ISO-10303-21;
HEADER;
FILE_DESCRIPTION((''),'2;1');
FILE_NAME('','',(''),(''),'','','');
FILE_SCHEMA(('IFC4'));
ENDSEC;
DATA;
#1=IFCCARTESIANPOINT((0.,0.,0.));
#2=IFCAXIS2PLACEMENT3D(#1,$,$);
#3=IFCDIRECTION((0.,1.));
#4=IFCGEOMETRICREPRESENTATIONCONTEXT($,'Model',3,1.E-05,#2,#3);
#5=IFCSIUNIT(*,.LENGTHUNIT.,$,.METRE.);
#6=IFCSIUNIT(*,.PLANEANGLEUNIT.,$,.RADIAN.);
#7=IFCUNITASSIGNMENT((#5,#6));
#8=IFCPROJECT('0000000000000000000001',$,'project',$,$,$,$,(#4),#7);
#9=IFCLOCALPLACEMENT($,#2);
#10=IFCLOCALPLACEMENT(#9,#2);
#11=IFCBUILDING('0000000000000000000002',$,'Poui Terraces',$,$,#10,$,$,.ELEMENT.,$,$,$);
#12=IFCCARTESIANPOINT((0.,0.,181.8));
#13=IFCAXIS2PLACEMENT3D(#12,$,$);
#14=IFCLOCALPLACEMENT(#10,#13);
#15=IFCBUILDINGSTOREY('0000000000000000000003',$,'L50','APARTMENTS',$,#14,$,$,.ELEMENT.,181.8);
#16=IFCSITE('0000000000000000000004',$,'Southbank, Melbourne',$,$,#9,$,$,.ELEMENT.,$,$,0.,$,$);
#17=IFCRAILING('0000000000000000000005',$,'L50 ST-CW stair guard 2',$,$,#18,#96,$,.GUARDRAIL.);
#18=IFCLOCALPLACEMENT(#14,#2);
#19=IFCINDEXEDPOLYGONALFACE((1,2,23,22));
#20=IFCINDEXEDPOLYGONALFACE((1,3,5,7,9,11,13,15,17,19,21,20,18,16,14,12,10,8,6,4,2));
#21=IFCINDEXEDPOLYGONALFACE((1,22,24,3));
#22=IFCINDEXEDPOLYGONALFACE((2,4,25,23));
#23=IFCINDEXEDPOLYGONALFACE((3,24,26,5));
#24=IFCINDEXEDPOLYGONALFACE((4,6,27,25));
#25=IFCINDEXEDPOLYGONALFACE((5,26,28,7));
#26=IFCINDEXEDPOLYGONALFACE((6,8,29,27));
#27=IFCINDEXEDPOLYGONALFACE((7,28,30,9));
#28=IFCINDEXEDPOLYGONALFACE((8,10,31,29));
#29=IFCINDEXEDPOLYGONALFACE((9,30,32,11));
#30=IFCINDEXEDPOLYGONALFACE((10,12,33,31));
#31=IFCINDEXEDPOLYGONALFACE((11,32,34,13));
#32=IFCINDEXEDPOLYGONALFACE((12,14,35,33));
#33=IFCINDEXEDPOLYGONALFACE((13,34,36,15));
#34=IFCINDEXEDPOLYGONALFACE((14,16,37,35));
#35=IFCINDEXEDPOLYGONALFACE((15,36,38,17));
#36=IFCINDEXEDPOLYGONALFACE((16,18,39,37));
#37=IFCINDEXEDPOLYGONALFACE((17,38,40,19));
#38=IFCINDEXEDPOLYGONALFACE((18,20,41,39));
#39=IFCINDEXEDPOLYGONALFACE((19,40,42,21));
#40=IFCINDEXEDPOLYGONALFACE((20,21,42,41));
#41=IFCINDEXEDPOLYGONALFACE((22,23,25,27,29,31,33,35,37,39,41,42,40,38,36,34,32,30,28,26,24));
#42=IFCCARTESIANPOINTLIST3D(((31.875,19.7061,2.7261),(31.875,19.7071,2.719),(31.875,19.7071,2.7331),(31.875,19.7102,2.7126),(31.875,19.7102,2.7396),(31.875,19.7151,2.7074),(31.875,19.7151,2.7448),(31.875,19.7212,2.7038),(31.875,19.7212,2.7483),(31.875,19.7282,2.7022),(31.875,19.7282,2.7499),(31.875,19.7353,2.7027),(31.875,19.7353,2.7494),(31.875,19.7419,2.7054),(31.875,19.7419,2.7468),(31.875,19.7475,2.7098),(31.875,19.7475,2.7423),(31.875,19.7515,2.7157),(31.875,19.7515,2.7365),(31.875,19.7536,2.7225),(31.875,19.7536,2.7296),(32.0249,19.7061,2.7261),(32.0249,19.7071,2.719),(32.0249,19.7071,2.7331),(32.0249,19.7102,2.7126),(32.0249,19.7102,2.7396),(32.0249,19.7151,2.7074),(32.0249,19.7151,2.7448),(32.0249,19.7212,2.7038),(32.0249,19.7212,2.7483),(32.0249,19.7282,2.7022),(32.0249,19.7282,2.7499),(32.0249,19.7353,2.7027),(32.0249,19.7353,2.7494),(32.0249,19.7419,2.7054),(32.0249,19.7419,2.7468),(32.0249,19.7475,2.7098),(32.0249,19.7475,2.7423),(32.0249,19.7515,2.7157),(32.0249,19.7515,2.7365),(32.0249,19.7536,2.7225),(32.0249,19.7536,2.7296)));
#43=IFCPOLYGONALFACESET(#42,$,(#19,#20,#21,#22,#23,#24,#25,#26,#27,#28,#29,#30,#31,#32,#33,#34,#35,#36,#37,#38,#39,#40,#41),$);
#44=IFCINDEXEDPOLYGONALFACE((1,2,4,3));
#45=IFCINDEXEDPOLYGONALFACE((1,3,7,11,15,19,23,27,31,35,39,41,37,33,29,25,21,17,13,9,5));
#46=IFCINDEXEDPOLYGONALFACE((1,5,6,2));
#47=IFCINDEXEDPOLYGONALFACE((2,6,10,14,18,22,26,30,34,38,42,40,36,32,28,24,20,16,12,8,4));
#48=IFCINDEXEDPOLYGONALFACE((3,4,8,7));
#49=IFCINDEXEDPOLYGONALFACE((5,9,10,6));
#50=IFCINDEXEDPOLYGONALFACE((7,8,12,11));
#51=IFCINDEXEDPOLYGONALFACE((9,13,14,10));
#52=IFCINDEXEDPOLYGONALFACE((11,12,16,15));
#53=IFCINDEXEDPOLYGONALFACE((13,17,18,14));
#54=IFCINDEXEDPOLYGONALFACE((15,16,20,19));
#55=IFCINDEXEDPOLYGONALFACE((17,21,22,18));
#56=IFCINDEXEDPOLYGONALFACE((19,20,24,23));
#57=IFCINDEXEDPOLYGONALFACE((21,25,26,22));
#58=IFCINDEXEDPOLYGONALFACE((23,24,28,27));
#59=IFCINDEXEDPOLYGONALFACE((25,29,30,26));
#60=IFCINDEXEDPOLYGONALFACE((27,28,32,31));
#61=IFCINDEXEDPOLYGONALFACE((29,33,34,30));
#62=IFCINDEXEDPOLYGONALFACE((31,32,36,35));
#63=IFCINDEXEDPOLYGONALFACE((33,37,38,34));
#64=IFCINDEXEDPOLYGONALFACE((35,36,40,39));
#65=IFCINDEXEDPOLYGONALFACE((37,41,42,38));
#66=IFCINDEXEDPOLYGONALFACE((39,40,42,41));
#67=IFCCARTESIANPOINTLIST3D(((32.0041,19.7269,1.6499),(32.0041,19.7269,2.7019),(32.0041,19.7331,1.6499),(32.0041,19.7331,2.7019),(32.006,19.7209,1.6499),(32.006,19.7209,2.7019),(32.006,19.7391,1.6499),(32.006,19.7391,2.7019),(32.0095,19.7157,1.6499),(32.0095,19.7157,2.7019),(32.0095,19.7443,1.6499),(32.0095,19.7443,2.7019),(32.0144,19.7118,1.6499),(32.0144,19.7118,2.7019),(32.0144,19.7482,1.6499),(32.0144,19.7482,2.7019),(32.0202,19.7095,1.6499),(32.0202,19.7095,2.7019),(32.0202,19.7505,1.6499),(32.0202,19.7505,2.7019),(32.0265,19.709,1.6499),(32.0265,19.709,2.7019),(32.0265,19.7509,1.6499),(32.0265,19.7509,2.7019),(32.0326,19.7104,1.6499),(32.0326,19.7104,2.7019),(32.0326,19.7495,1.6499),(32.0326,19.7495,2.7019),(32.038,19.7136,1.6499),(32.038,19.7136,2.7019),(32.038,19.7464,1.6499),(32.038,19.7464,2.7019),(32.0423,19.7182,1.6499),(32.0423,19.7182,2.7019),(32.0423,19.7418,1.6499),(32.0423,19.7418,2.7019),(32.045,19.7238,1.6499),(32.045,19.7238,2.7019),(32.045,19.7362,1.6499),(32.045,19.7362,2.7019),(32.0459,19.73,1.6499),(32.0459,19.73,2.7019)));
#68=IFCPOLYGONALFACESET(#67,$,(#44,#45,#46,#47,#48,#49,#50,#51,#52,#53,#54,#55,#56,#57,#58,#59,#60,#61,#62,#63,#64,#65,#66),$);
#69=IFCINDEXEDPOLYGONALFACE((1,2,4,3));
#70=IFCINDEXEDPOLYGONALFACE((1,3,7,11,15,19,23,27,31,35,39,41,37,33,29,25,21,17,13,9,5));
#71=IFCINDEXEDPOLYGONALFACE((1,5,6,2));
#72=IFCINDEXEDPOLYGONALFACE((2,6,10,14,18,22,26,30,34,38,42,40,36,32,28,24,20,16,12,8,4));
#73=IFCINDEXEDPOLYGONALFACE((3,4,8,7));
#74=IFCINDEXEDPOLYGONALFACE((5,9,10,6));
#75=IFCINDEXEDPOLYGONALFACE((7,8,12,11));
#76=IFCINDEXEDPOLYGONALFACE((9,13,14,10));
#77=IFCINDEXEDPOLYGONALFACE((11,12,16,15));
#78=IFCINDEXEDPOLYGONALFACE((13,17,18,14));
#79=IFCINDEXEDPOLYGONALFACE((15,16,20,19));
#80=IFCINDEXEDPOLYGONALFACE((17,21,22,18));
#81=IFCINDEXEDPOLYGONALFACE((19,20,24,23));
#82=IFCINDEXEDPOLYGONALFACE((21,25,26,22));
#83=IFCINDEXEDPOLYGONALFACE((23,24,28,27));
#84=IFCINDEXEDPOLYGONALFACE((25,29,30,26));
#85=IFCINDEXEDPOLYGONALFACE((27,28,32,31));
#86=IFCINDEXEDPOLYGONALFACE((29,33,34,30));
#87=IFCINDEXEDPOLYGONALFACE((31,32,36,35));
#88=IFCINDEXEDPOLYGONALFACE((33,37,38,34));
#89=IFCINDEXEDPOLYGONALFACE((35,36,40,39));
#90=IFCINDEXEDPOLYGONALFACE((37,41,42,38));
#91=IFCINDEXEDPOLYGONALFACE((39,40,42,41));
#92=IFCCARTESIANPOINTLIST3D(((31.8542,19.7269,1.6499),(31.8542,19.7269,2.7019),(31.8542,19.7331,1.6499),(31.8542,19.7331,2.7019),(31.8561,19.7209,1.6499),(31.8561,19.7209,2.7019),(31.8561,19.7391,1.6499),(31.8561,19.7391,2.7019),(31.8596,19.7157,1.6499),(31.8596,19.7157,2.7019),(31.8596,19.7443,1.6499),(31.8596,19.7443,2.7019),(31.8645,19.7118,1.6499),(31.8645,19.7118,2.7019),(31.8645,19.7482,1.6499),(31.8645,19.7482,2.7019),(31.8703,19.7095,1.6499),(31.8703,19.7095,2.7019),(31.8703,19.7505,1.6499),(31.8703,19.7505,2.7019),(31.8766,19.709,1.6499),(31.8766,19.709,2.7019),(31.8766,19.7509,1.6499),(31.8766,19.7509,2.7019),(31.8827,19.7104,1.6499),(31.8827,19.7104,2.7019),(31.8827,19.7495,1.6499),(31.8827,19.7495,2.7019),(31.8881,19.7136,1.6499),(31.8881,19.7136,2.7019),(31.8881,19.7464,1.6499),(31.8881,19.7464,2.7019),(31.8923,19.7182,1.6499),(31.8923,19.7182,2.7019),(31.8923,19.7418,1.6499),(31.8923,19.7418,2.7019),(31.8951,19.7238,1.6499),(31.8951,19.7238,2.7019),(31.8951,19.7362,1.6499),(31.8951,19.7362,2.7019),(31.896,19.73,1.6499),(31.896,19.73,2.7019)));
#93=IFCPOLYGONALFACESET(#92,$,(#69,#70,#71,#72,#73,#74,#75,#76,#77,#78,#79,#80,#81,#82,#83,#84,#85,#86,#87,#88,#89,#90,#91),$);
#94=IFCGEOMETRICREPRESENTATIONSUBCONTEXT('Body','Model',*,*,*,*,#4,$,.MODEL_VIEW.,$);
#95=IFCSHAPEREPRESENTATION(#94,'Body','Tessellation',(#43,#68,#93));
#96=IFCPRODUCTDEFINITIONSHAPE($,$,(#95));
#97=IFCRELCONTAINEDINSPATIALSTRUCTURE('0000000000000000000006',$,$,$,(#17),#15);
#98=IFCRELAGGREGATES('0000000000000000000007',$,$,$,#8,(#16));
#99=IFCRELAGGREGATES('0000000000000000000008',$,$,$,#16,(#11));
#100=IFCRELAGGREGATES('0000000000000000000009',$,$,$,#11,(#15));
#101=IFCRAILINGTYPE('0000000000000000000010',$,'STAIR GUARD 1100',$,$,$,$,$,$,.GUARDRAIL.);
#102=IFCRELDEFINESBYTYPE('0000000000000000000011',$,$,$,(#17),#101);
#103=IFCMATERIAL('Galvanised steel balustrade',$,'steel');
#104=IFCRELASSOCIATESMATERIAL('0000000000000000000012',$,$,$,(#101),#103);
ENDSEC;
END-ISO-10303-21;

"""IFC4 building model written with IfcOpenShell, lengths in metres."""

from ifc_helpers import new_model, si_unit, direction, frame, origin, origin_2d, place, context, subcontext, project, spatial, circle, extrude, material, type_object, element, save


model = new_model("IFC4")

# Units and contexts
model_context = context("Model", 3, precision=1e-05, world=origin(), true_north=direction((0.0, 1.0)))
body_context = subcontext(model_context, "Body", "Model", "MODEL_VIEW")
ifc_project = project(units=[si_unit("LENGTHUNIT", "METRE"), si_unit("PLANEANGLEUNIT", "RADIAN")], contexts=[model_context])

# Site, building, storey
site_placement = place(None, origin())
site = spatial("IfcSite", under=ifc_project, at=site_placement, Name="Southbank, Melbourne", CompositionType="ELEMENT", RefElevation=0.0)
building_placement = place(site_placement, origin())
building = spatial("IfcBuilding", under=site, at=building_placement, Name="Poui Terraces", CompositionType="ELEMENT")
storey_placement = place(building_placement, frame((0.0, 0.0, 181.8)))
storey = spatial("IfcBuildingStorey", under=building, at=storey_placement, Name="L50", Description="APARTMENTS", CompositionType="ELEMENT", Elevation=181.8)

# Railing
ifc_material_1 = material(Name="Galvanised steel balustrade", Category="steel")
railing_type_1 = type_object("IfcRailingType", Name="STAIR GUARD 1100", PredefinedType="GUARDRAIL", material=ifc_material_1)
railing_1_placement = place(storey_placement, frame((32.0249, 19.73, 1.6499)))
element("IfcRailing", 1, at=railing_1_placement, inside=storey, type_object=railing_type_1, Name="L50 ST-CW stair guard 2", PredefinedType="GUARDRAIL", context=body_context, shape_type="SweptSolid", body=[
    extrude(circle(Radius=0.0239, at=origin_2d()), frame((0.0, 0.0, 1.0762), z_axis=(-1.0, 0.0, 0.0), x_axis=(0.0, -1.0, 0.0)), (0.0, 0.0, 1.0), 0.1499),
    extrude(circle(Radius=0.021, at=origin_2d()), origin(), (0.0, 0.0, 1.0), 1.052),
    extrude(circle(Radius=0.021, at=origin_2d()), frame((-0.1499, 0.0, 0.0)), (0.0, 0.0, 1.0), 1.052),
])

save(model, "model.ifc")
